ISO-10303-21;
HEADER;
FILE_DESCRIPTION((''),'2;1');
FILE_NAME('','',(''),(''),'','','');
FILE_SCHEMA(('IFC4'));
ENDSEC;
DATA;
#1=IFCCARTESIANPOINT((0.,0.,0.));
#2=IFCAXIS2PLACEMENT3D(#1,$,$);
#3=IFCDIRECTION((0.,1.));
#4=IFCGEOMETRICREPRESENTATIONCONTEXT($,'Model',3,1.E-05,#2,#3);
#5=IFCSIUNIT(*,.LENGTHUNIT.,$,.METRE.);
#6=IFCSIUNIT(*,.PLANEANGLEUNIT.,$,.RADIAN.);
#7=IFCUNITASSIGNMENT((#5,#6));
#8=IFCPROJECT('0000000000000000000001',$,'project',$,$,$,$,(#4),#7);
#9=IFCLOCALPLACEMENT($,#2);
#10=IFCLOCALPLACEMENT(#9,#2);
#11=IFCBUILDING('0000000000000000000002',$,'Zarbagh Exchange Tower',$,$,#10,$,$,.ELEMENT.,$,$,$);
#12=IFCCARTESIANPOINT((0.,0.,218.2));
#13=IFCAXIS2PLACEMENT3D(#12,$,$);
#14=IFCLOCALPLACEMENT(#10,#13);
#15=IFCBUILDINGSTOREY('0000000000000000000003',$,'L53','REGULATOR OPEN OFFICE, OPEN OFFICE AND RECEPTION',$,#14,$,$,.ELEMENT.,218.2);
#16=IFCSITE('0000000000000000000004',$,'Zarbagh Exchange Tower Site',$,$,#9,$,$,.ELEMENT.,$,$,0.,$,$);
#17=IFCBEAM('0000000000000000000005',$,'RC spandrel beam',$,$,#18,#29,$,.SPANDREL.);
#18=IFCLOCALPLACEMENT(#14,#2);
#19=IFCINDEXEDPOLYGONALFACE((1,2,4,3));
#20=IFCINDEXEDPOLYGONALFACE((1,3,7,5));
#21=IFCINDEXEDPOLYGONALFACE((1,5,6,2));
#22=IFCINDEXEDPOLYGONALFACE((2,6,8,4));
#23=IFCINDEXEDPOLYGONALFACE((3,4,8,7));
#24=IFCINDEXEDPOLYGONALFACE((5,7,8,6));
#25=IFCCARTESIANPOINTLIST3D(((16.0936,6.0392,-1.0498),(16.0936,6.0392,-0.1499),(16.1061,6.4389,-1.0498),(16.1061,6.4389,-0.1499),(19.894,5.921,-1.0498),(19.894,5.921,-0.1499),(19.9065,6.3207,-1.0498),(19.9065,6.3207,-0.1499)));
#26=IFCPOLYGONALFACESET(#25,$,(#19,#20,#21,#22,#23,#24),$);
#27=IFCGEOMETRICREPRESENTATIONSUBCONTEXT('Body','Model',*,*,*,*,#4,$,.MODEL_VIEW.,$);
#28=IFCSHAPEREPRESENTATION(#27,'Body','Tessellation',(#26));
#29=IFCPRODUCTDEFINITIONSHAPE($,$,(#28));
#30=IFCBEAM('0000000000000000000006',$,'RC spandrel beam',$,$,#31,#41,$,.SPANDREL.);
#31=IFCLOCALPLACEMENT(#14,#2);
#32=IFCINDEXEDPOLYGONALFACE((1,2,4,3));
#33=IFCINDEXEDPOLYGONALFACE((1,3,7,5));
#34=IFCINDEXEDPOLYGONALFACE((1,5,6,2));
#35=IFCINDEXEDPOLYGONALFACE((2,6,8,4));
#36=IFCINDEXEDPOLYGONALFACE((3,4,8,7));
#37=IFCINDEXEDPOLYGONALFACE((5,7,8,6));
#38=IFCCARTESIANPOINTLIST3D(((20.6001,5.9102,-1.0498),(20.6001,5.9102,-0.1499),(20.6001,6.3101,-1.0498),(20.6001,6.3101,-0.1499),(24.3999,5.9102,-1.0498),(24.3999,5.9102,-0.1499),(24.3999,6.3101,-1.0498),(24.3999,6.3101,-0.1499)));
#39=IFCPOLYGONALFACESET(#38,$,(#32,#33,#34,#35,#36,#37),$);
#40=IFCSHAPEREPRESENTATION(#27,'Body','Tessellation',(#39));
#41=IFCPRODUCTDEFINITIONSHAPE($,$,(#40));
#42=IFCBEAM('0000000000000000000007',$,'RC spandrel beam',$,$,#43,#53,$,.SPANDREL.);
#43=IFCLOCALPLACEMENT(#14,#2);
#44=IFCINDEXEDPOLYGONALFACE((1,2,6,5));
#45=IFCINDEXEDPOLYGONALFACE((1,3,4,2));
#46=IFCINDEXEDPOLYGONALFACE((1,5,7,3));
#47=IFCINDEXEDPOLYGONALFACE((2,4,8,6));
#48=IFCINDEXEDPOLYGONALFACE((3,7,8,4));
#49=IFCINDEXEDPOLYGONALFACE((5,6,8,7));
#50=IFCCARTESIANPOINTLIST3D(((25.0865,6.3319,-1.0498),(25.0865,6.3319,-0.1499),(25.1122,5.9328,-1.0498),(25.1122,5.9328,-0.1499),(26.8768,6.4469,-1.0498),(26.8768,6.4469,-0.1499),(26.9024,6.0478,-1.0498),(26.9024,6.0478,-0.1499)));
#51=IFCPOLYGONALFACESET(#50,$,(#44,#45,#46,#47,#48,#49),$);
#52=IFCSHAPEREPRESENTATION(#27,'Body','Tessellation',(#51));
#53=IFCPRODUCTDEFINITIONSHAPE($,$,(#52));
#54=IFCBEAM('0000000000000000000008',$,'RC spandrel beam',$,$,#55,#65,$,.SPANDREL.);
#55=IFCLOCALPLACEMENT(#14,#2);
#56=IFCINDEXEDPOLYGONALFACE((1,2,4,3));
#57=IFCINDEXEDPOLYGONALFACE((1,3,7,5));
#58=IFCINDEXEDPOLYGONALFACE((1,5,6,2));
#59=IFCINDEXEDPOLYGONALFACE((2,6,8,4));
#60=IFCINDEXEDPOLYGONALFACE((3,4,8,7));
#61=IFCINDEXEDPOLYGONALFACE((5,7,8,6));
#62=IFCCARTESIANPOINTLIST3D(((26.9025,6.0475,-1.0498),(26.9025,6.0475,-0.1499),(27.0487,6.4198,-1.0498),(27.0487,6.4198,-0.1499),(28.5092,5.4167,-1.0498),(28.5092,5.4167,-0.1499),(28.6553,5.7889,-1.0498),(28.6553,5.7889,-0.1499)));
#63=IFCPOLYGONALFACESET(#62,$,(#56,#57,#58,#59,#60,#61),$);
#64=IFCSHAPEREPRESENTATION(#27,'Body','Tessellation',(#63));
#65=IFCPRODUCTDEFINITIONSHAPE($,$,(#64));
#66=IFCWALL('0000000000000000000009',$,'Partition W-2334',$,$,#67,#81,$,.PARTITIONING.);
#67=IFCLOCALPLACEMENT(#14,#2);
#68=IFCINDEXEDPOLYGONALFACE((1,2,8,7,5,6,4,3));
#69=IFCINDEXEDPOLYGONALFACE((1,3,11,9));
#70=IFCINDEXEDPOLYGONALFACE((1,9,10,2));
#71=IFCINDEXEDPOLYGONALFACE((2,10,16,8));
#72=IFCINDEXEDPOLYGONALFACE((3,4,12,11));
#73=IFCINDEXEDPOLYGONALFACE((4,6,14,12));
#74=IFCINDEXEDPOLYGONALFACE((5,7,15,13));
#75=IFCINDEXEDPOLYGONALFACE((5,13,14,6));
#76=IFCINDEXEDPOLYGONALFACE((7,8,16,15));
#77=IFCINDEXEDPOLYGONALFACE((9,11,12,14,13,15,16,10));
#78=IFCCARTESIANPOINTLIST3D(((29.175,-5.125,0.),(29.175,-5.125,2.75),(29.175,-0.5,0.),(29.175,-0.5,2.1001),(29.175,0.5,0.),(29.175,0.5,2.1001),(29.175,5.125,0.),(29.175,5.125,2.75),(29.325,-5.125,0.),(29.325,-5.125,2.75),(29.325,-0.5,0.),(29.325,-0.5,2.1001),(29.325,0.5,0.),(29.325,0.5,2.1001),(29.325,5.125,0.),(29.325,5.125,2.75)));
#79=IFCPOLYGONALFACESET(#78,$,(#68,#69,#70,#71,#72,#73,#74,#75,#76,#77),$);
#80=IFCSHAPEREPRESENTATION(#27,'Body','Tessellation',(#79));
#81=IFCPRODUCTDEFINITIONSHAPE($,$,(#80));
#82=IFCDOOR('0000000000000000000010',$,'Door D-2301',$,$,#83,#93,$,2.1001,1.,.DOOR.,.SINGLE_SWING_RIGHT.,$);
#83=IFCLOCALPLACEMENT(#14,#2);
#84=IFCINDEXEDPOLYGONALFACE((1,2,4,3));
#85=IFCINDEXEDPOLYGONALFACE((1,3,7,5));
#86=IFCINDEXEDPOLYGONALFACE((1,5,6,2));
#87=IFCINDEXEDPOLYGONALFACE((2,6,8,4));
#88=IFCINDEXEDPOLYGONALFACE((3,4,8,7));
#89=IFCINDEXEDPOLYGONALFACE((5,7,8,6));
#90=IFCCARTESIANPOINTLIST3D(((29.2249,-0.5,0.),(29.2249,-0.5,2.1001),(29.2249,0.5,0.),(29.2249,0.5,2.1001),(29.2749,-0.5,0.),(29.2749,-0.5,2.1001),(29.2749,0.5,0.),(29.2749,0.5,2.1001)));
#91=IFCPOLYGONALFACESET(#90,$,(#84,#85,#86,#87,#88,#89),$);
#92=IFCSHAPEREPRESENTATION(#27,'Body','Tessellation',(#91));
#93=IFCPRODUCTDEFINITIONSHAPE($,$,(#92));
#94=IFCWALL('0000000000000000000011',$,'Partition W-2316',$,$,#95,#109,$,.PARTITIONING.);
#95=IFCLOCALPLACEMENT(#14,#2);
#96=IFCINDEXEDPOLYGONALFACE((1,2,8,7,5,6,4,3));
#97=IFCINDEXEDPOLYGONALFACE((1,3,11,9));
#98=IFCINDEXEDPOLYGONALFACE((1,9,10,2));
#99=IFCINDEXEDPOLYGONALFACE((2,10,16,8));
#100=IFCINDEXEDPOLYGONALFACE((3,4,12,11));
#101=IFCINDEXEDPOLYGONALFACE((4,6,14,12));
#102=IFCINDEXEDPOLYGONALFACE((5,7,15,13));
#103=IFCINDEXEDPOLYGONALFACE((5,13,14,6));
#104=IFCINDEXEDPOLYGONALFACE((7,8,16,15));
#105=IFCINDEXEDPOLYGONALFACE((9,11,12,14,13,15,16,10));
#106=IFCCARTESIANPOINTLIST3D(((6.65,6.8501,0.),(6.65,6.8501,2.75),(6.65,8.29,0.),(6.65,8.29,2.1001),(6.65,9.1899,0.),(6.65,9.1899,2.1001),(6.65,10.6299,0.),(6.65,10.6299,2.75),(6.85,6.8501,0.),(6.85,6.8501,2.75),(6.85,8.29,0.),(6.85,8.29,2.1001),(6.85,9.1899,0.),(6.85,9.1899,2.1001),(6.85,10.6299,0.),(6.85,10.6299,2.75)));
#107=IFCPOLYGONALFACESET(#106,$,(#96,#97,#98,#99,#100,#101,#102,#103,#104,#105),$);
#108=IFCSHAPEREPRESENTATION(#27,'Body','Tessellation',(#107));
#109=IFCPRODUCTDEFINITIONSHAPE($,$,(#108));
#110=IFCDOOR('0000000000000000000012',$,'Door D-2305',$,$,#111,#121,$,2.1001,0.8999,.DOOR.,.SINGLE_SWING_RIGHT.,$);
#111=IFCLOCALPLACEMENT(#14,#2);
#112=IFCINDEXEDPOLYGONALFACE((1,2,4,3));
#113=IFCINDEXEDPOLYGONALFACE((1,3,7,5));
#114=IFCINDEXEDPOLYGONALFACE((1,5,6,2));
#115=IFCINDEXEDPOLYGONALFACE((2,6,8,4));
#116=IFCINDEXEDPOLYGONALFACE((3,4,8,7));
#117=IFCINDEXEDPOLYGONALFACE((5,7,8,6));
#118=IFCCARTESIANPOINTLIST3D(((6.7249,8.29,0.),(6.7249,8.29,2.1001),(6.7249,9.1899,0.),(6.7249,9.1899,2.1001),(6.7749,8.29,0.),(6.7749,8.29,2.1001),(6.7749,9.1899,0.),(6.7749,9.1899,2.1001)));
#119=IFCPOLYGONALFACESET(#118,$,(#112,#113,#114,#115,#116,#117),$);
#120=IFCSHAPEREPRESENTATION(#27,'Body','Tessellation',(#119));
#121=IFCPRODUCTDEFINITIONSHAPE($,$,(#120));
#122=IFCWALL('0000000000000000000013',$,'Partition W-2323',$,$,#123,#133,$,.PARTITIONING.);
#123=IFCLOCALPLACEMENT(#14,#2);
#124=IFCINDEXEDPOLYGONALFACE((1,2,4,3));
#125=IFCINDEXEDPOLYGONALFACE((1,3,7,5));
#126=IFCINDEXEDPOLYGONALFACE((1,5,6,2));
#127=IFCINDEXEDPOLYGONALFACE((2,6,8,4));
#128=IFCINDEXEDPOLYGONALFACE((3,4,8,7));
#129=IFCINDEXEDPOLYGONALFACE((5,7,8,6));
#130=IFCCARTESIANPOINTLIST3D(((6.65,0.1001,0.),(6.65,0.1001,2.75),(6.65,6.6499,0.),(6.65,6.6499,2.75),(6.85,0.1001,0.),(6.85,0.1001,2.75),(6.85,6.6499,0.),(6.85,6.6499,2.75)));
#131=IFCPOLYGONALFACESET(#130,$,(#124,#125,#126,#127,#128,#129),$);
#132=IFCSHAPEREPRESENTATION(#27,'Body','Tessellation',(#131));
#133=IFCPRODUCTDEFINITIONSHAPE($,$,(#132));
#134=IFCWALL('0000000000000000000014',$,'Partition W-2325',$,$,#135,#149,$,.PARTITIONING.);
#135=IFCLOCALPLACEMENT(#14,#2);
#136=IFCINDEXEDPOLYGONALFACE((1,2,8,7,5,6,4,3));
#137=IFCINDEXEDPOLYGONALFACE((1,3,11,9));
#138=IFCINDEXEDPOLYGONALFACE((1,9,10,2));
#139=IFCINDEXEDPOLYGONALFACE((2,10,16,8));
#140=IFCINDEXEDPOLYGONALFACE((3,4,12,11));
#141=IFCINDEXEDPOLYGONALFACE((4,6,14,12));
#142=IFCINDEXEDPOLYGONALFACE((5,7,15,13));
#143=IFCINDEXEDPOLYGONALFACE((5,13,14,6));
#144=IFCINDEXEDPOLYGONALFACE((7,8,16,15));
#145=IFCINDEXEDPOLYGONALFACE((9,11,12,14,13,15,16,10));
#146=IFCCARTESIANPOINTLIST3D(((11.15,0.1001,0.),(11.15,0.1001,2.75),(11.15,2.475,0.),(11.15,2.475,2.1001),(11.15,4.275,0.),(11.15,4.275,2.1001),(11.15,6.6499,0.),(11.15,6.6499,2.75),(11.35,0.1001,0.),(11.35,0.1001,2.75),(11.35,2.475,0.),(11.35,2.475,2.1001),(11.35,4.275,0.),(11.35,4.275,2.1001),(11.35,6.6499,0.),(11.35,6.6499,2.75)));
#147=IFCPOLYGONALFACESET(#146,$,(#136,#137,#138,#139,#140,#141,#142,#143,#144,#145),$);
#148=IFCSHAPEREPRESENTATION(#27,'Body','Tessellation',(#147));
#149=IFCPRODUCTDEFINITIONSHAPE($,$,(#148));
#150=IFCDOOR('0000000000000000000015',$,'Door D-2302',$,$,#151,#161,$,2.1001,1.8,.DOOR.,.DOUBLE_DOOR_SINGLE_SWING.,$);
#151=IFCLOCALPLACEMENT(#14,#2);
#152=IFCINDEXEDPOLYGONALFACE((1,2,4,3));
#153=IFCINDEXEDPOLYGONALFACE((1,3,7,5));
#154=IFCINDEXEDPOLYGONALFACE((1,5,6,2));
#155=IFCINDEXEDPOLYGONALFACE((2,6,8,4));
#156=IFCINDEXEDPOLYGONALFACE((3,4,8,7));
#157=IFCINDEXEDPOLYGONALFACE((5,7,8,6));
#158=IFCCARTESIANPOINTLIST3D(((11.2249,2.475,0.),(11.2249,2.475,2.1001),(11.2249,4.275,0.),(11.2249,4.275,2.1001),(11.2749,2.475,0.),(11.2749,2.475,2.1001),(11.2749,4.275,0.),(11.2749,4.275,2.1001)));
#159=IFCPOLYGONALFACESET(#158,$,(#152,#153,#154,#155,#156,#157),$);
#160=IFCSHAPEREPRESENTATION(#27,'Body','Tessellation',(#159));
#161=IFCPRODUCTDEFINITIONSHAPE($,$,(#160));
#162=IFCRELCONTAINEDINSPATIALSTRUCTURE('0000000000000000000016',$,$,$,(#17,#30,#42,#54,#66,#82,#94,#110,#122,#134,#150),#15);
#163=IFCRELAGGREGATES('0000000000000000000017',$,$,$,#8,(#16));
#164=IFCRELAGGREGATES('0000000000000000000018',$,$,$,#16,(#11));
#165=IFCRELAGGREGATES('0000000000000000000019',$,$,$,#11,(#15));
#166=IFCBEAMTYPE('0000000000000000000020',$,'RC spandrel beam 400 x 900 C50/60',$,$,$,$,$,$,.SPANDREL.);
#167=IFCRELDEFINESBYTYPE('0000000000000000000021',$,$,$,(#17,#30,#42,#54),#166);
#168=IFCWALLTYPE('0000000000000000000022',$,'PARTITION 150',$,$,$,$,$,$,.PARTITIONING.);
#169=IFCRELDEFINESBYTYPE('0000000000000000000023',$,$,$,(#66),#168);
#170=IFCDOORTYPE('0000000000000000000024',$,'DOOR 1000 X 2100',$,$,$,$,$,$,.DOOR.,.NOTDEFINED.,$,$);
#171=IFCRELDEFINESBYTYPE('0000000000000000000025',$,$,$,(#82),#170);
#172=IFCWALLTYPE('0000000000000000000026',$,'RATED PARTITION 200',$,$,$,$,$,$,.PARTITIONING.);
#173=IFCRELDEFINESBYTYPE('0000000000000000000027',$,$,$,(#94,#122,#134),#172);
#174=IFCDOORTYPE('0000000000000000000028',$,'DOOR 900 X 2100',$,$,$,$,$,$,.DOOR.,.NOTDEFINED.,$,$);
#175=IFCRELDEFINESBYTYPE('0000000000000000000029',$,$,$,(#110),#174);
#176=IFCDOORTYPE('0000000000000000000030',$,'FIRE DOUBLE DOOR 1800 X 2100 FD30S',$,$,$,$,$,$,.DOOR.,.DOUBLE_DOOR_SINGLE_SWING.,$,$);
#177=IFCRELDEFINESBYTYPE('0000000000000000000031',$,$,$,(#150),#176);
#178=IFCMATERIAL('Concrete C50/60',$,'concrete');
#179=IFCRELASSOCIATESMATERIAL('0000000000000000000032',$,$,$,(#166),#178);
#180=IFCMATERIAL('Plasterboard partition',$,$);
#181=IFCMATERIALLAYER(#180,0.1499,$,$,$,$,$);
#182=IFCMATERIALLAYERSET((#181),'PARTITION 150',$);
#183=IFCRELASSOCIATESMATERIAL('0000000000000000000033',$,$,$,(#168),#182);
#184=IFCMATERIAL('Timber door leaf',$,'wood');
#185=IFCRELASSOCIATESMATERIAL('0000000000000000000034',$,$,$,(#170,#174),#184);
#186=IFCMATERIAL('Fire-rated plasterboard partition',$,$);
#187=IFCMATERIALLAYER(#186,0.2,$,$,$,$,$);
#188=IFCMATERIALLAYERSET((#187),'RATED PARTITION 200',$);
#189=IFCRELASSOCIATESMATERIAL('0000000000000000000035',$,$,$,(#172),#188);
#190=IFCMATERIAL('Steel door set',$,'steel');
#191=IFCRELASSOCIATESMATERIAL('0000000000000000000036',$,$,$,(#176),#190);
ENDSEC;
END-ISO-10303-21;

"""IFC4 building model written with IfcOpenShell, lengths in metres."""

from ifc_helpers import new_model, si_unit, direction, frame, frame_2d, origin, origin_2d, place, context, subcontext, project, spatial, rectangle, extrude, material, layer, layer_set, material_profile, profile_set, type_object, element, fill, save


model = new_model("IFC4")

# Units and contexts
model_context = context("Model", 3, precision=1e-05, world=origin(), true_north=direction((0.0, 1.0)))
body_context = subcontext(model_context, "Body", "Model", "MODEL_VIEW")
ifc_project = project(units=[si_unit("LENGTHUNIT", "METRE"), si_unit("PLANEANGLEUNIT", "RADIAN")], contexts=[model_context])

# Site, building, storey
site_placement = place(None, origin())
site = spatial("IfcSite", under=ifc_project, at=site_placement, Name="Zarbagh Exchange Tower Site", CompositionType="ELEMENT", RefElevation=0.0)
building_placement = place(site_placement, origin())
building = spatial("IfcBuilding", under=site, at=building_placement, Name="Zarbagh Exchange Tower", CompositionType="ELEMENT")
storey_placement = place(building_placement, frame((0.0, 0.0, 218.2)))
storey = spatial("IfcBuildingStorey", under=building, at=storey_placement, Name="L53", Description="REGULATOR OPEN OFFICE, OPEN OFFICE AND RECEPTION", CompositionType="ELEMENT", Elevation=218.2)

# Shared definitions
ifc_material_1 = material(Name="Concrete C50/60", Category="concrete")

# Beams
ifc_material_profile_1 = material_profile(ifc_material_1, rectangle(XDim=0.3999, YDim=0.8999, at=origin_2d()), Name="RC spandrel beam 400 x 900 C50/60")
ifc_profile_set_1 = profile_set([ifc_material_profile_1], Name="Concrete C50/60")
beam_type_1 = type_object("IfcBeamType", Name="RC spandrel beam 400 x 900 C50/60", PredefinedType="SPANDREL", material=ifc_profile_set_1)
beam_1_placement = place(storey_placement, frame((16.0999, 6.239, -0.5999), z_axis=(0.999517, -0.031078, 0.0), x_axis=(0.031078, 0.999517, 0.0)))
element("IfcBeam", 1, at=beam_1_placement, inside=storey, type_object=beam_type_1, Name="RC spandrel beam", PredefinedType="SPANDREL", context=body_context, shape_type="SweptSolid", body=[
    extrude(rectangle(XDim=0.3999, YDim=0.8999, at=origin_2d()), origin(), (0.0, 0.0, 1.0), 3.8022),
])
beam_2_placement = place(storey_placement, frame((20.6001, 6.1101, -0.5999), z_axis=(1.0, 0.0, 0.0), x_axis=(0.0, 1.0, 0.0)))
element("IfcBeam", 2, at=beam_2_placement, inside=storey, type_object=beam_type_1, Name="RC spandrel beam", PredefinedType="SPANDREL", context=body_context, shape_type="SweptSolid", body=[
    extrude(rectangle(XDim=0.3999, YDim=0.8999, at=origin_2d()), origin(), (0.0, 0.0, 1.0), 3.7998),
])
beam_3_placement = place(storey_placement, frame((25.0994, 6.1323, -0.5999), z_axis=(0.997944, 0.064098, 0.0), x_axis=(-0.064098, 0.997944, 0.0)))
element("IfcBeam", 3, at=beam_3_placement, inside=storey, type_object=beam_type_1, Name="RC spandrel beam", PredefinedType="SPANDREL", context=body_context, shape_type="SweptSolid", body=[
    extrude(rectangle(XDim=0.3999, YDim=0.8999, at=origin_2d()), origin(), (0.0, 0.0, 1.0), 1.7939),
])
beam_4_placement = place(storey_placement, frame((26.9756, 6.2336, -0.5999), z_axis=(0.930819, -0.365482, 0.0), x_axis=(0.365482, 0.930819, 0.0)))
element("IfcBeam", 4, at=beam_4_placement, inside=storey, type_object=beam_type_1, Name="RC spandrel beam", PredefinedType="SPANDREL", context=body_context, shape_type="SweptSolid", body=[
    extrude(rectangle(XDim=0.3999, YDim=0.8999, at=origin_2d()), origin(), (0.0, 0.0, 1.0), 1.7261),
])

# Walls, openings, doors
ifc_material_2 = material(Name="Plasterboard partition")
ifc_layer_1 = layer(ifc_material_2, 0.1499)
ifc_layer_set_1 = layer_set([ifc_layer_1], Name="PARTITION 150")
wall_type_1 = type_object("IfcWallType", Name="PARTITION 150", PredefinedType="PARTITIONING", material=ifc_layer_set_1)
wall_1_placement = place(storey_placement, frame((29.25, 5.125, 0.0), z_axis=(0.0, 0.0, 1.0), x_axis=(0.0, -1.0, 0.0)))
wall_1 = element("IfcWall", 5, at=wall_1_placement, inside=storey, type_object=wall_type_1, Name="Partition W-2334", PredefinedType="PARTITIONING", context=body_context, shape_type="SweptSolid", body=[
    extrude(rectangle(XDim=10.25, YDim=0.1499, at=frame_2d((5.125, 0.0))), origin(), (0.0, 0.0, 1.0), 2.75),
])
opening_1_placement = place(wall_1_placement, frame((4.625, 0.0, 0.0)))
opening_1 = element("IfcOpeningElement", 6, at=opening_1_placement, cuts=wall_1, PredefinedType="OPENING", context=body_context, shape_type="SweptSolid", body=[
    extrude(rectangle(XDim=1.0, YDim=2.1001, at=frame_2d((0.5, 1.05))), frame((0.0, 0.085, 0.0), z_axis=(0.0, -1.0, 0.0), x_axis=(1.0, 0.0, 0.0)), (0.0, 0.0, 1.0), 0.1699),
])
ifc_material_3 = material(Name="Timber door leaf", Category="wood")
door_type_1 = type_object("IfcDoorType", Name="DOOR 1000 X 2100", OperationType="NOTDEFINED", PredefinedType="DOOR", material=ifc_material_3)
door_1_placement = place(opening_1_placement, origin())
door_1 = element("IfcDoor", 7, at=door_1_placement, inside=storey, type_object=door_type_1, Name="Door D-2301", OperationType="SINGLE_SWING_RIGHT", OverallHeight=2.1001, OverallWidth=1.0, PredefinedType="DOOR", context=body_context, shape_type="SweptSolid", body=[
    extrude(rectangle(XDim=1.0, YDim=2.1001, at=frame_2d((0.5, 1.05))), frame((0.0, 0.0249, 0.0), z_axis=(0.0, -1.0, 0.0), x_axis=(1.0, 0.0, 0.0)), (0.0, 0.0, 1.0), 0.05),
])
fill(opening_1, door_1)
ifc_material_4 = material(Name="Fire-rated plasterboard partition")
ifc_layer_2 = layer(ifc_material_4, 0.2)
ifc_layer_set_2 = layer_set([ifc_layer_2], Name="RATED PARTITION 200")
wall_type_2 = type_object("IfcWallType", Name="RATED PARTITION 200", PredefinedType="PARTITIONING", material=ifc_layer_set_2)
wall_2_placement = place(storey_placement, frame((6.75, 10.6299, 0.0), z_axis=(0.0, 0.0, 1.0), x_axis=(0.0, -1.0, 0.0)))
wall_2 = element("IfcWall", 8, at=wall_2_placement, inside=storey, type_object=wall_type_2, Name="Partition W-2316", PredefinedType="PARTITIONING", context=body_context, shape_type="SweptSolid", body=[
    extrude(rectangle(XDim=3.7798, YDim=0.2, at=frame_2d((1.8899, 0.0))), origin(), (0.0, 0.0, 1.0), 2.75),
])
opening_2_placement = place(wall_2_placement, frame((1.4399, 0.0, 0.0)))
opening_2 = element("IfcOpeningElement", 9, at=opening_2_placement, cuts=wall_2, PredefinedType="OPENING", context=body_context, shape_type="SweptSolid", body=[
    extrude(rectangle(XDim=0.8999, YDim=2.1001, at=frame_2d((0.45, 1.05))), frame((0.0, 0.1099, 0.0), z_axis=(0.0, -1.0, 0.0), x_axis=(1.0, 0.0, 0.0)), (0.0, 0.0, 1.0), 0.22),
])
door_type_2 = type_object("IfcDoorType", Name="DOOR 900 X 2100", OperationType="NOTDEFINED", PredefinedType="DOOR", material=ifc_material_3)
door_2_placement = place(opening_2_placement, origin())
door_2 = element("IfcDoor", 10, at=door_2_placement, inside=storey, type_object=door_type_2, Name="Door D-2305", OperationType="SINGLE_SWING_RIGHT", OverallHeight=2.1001, OverallWidth=0.8999, PredefinedType="DOOR", context=body_context, shape_type="SweptSolid", body=[
    extrude(rectangle(XDim=0.8999, YDim=2.1001, at=frame_2d((0.45, 1.05))), frame((0.0, 0.0249, 0.0), z_axis=(0.0, -1.0, 0.0), x_axis=(1.0, 0.0, 0.0)), (0.0, 0.0, 1.0), 0.05),
])
fill(opening_2, door_2)

# Wall
wall_3_placement = place(storey_placement, frame((6.75, 0.1001, 0.0), z_axis=(0.0, 0.0, 1.0), x_axis=(0.0, 1.0, 0.0)))
element("IfcWall", 11, at=wall_3_placement, inside=storey, type_object=wall_type_2, Name="Partition W-2323", PredefinedType="PARTITIONING", context=body_context, shape_type="SweptSolid", body=[
    extrude(rectangle(XDim=6.5498, YDim=0.2, at=frame_2d((3.2749, 0.0))), origin(), (0.0, 0.0, 1.0), 2.75),
])

# Wall, opening, door
wall_4_placement = place(storey_placement, frame((11.25, 6.6499, 0.0), z_axis=(0.0, 0.0, 1.0), x_axis=(0.0, -1.0, 0.0)))
wall_4 = element("IfcWall", 12, at=wall_4_placement, inside=storey, type_object=wall_type_2, Name="Partition W-2325", PredefinedType="PARTITIONING", context=body_context, shape_type="SweptSolid", body=[
    extrude(rectangle(XDim=6.5498, YDim=0.2, at=frame_2d((3.2749, 0.0))), origin(), (0.0, 0.0, 1.0), 2.75),
])
opening_3_placement = place(wall_4_placement, frame((2.375, 0.0, 0.0)))
opening_3 = element("IfcOpeningElement", 13, at=opening_3_placement, cuts=wall_4, PredefinedType="OPENING", context=body_context, shape_type="SweptSolid", body=[
    extrude(rectangle(XDim=1.8, YDim=2.1001, at=frame_2d((0.8999, 1.05))), frame((0.0, 0.1099, 0.0), z_axis=(0.0, -1.0, 0.0), x_axis=(1.0, 0.0, 0.0)), (0.0, 0.0, 1.0), 0.22),
])
ifc_material_5 = material(Name="Steel door set", Category="steel")
door_type_3 = type_object("IfcDoorType", Name="FIRE DOUBLE DOOR 1800 X 2100 FD30S", OperationType="DOUBLE_DOOR_SINGLE_SWING", PredefinedType="DOOR", material=ifc_material_5)
door_3_placement = place(opening_3_placement, origin())
door_3 = element("IfcDoor", 14, at=door_3_placement, inside=storey, type_object=door_type_3, Name="Door D-2302", OperationType="DOUBLE_DOOR_SINGLE_SWING", OverallHeight=2.1001, OverallWidth=1.8, PredefinedType="DOOR", context=body_context, shape_type="SweptSolid", body=[
    extrude(rectangle(XDim=1.8, YDim=2.1001, at=frame_2d((0.8999, 1.05))), frame((0.0, 0.0249, 0.0), z_axis=(0.0, -1.0, 0.0), x_axis=(1.0, 0.0, 0.0)), (0.0, 0.0, 1.0), 0.05),
])
fill(opening_3, door_3)

save(model, "model.ifc")
